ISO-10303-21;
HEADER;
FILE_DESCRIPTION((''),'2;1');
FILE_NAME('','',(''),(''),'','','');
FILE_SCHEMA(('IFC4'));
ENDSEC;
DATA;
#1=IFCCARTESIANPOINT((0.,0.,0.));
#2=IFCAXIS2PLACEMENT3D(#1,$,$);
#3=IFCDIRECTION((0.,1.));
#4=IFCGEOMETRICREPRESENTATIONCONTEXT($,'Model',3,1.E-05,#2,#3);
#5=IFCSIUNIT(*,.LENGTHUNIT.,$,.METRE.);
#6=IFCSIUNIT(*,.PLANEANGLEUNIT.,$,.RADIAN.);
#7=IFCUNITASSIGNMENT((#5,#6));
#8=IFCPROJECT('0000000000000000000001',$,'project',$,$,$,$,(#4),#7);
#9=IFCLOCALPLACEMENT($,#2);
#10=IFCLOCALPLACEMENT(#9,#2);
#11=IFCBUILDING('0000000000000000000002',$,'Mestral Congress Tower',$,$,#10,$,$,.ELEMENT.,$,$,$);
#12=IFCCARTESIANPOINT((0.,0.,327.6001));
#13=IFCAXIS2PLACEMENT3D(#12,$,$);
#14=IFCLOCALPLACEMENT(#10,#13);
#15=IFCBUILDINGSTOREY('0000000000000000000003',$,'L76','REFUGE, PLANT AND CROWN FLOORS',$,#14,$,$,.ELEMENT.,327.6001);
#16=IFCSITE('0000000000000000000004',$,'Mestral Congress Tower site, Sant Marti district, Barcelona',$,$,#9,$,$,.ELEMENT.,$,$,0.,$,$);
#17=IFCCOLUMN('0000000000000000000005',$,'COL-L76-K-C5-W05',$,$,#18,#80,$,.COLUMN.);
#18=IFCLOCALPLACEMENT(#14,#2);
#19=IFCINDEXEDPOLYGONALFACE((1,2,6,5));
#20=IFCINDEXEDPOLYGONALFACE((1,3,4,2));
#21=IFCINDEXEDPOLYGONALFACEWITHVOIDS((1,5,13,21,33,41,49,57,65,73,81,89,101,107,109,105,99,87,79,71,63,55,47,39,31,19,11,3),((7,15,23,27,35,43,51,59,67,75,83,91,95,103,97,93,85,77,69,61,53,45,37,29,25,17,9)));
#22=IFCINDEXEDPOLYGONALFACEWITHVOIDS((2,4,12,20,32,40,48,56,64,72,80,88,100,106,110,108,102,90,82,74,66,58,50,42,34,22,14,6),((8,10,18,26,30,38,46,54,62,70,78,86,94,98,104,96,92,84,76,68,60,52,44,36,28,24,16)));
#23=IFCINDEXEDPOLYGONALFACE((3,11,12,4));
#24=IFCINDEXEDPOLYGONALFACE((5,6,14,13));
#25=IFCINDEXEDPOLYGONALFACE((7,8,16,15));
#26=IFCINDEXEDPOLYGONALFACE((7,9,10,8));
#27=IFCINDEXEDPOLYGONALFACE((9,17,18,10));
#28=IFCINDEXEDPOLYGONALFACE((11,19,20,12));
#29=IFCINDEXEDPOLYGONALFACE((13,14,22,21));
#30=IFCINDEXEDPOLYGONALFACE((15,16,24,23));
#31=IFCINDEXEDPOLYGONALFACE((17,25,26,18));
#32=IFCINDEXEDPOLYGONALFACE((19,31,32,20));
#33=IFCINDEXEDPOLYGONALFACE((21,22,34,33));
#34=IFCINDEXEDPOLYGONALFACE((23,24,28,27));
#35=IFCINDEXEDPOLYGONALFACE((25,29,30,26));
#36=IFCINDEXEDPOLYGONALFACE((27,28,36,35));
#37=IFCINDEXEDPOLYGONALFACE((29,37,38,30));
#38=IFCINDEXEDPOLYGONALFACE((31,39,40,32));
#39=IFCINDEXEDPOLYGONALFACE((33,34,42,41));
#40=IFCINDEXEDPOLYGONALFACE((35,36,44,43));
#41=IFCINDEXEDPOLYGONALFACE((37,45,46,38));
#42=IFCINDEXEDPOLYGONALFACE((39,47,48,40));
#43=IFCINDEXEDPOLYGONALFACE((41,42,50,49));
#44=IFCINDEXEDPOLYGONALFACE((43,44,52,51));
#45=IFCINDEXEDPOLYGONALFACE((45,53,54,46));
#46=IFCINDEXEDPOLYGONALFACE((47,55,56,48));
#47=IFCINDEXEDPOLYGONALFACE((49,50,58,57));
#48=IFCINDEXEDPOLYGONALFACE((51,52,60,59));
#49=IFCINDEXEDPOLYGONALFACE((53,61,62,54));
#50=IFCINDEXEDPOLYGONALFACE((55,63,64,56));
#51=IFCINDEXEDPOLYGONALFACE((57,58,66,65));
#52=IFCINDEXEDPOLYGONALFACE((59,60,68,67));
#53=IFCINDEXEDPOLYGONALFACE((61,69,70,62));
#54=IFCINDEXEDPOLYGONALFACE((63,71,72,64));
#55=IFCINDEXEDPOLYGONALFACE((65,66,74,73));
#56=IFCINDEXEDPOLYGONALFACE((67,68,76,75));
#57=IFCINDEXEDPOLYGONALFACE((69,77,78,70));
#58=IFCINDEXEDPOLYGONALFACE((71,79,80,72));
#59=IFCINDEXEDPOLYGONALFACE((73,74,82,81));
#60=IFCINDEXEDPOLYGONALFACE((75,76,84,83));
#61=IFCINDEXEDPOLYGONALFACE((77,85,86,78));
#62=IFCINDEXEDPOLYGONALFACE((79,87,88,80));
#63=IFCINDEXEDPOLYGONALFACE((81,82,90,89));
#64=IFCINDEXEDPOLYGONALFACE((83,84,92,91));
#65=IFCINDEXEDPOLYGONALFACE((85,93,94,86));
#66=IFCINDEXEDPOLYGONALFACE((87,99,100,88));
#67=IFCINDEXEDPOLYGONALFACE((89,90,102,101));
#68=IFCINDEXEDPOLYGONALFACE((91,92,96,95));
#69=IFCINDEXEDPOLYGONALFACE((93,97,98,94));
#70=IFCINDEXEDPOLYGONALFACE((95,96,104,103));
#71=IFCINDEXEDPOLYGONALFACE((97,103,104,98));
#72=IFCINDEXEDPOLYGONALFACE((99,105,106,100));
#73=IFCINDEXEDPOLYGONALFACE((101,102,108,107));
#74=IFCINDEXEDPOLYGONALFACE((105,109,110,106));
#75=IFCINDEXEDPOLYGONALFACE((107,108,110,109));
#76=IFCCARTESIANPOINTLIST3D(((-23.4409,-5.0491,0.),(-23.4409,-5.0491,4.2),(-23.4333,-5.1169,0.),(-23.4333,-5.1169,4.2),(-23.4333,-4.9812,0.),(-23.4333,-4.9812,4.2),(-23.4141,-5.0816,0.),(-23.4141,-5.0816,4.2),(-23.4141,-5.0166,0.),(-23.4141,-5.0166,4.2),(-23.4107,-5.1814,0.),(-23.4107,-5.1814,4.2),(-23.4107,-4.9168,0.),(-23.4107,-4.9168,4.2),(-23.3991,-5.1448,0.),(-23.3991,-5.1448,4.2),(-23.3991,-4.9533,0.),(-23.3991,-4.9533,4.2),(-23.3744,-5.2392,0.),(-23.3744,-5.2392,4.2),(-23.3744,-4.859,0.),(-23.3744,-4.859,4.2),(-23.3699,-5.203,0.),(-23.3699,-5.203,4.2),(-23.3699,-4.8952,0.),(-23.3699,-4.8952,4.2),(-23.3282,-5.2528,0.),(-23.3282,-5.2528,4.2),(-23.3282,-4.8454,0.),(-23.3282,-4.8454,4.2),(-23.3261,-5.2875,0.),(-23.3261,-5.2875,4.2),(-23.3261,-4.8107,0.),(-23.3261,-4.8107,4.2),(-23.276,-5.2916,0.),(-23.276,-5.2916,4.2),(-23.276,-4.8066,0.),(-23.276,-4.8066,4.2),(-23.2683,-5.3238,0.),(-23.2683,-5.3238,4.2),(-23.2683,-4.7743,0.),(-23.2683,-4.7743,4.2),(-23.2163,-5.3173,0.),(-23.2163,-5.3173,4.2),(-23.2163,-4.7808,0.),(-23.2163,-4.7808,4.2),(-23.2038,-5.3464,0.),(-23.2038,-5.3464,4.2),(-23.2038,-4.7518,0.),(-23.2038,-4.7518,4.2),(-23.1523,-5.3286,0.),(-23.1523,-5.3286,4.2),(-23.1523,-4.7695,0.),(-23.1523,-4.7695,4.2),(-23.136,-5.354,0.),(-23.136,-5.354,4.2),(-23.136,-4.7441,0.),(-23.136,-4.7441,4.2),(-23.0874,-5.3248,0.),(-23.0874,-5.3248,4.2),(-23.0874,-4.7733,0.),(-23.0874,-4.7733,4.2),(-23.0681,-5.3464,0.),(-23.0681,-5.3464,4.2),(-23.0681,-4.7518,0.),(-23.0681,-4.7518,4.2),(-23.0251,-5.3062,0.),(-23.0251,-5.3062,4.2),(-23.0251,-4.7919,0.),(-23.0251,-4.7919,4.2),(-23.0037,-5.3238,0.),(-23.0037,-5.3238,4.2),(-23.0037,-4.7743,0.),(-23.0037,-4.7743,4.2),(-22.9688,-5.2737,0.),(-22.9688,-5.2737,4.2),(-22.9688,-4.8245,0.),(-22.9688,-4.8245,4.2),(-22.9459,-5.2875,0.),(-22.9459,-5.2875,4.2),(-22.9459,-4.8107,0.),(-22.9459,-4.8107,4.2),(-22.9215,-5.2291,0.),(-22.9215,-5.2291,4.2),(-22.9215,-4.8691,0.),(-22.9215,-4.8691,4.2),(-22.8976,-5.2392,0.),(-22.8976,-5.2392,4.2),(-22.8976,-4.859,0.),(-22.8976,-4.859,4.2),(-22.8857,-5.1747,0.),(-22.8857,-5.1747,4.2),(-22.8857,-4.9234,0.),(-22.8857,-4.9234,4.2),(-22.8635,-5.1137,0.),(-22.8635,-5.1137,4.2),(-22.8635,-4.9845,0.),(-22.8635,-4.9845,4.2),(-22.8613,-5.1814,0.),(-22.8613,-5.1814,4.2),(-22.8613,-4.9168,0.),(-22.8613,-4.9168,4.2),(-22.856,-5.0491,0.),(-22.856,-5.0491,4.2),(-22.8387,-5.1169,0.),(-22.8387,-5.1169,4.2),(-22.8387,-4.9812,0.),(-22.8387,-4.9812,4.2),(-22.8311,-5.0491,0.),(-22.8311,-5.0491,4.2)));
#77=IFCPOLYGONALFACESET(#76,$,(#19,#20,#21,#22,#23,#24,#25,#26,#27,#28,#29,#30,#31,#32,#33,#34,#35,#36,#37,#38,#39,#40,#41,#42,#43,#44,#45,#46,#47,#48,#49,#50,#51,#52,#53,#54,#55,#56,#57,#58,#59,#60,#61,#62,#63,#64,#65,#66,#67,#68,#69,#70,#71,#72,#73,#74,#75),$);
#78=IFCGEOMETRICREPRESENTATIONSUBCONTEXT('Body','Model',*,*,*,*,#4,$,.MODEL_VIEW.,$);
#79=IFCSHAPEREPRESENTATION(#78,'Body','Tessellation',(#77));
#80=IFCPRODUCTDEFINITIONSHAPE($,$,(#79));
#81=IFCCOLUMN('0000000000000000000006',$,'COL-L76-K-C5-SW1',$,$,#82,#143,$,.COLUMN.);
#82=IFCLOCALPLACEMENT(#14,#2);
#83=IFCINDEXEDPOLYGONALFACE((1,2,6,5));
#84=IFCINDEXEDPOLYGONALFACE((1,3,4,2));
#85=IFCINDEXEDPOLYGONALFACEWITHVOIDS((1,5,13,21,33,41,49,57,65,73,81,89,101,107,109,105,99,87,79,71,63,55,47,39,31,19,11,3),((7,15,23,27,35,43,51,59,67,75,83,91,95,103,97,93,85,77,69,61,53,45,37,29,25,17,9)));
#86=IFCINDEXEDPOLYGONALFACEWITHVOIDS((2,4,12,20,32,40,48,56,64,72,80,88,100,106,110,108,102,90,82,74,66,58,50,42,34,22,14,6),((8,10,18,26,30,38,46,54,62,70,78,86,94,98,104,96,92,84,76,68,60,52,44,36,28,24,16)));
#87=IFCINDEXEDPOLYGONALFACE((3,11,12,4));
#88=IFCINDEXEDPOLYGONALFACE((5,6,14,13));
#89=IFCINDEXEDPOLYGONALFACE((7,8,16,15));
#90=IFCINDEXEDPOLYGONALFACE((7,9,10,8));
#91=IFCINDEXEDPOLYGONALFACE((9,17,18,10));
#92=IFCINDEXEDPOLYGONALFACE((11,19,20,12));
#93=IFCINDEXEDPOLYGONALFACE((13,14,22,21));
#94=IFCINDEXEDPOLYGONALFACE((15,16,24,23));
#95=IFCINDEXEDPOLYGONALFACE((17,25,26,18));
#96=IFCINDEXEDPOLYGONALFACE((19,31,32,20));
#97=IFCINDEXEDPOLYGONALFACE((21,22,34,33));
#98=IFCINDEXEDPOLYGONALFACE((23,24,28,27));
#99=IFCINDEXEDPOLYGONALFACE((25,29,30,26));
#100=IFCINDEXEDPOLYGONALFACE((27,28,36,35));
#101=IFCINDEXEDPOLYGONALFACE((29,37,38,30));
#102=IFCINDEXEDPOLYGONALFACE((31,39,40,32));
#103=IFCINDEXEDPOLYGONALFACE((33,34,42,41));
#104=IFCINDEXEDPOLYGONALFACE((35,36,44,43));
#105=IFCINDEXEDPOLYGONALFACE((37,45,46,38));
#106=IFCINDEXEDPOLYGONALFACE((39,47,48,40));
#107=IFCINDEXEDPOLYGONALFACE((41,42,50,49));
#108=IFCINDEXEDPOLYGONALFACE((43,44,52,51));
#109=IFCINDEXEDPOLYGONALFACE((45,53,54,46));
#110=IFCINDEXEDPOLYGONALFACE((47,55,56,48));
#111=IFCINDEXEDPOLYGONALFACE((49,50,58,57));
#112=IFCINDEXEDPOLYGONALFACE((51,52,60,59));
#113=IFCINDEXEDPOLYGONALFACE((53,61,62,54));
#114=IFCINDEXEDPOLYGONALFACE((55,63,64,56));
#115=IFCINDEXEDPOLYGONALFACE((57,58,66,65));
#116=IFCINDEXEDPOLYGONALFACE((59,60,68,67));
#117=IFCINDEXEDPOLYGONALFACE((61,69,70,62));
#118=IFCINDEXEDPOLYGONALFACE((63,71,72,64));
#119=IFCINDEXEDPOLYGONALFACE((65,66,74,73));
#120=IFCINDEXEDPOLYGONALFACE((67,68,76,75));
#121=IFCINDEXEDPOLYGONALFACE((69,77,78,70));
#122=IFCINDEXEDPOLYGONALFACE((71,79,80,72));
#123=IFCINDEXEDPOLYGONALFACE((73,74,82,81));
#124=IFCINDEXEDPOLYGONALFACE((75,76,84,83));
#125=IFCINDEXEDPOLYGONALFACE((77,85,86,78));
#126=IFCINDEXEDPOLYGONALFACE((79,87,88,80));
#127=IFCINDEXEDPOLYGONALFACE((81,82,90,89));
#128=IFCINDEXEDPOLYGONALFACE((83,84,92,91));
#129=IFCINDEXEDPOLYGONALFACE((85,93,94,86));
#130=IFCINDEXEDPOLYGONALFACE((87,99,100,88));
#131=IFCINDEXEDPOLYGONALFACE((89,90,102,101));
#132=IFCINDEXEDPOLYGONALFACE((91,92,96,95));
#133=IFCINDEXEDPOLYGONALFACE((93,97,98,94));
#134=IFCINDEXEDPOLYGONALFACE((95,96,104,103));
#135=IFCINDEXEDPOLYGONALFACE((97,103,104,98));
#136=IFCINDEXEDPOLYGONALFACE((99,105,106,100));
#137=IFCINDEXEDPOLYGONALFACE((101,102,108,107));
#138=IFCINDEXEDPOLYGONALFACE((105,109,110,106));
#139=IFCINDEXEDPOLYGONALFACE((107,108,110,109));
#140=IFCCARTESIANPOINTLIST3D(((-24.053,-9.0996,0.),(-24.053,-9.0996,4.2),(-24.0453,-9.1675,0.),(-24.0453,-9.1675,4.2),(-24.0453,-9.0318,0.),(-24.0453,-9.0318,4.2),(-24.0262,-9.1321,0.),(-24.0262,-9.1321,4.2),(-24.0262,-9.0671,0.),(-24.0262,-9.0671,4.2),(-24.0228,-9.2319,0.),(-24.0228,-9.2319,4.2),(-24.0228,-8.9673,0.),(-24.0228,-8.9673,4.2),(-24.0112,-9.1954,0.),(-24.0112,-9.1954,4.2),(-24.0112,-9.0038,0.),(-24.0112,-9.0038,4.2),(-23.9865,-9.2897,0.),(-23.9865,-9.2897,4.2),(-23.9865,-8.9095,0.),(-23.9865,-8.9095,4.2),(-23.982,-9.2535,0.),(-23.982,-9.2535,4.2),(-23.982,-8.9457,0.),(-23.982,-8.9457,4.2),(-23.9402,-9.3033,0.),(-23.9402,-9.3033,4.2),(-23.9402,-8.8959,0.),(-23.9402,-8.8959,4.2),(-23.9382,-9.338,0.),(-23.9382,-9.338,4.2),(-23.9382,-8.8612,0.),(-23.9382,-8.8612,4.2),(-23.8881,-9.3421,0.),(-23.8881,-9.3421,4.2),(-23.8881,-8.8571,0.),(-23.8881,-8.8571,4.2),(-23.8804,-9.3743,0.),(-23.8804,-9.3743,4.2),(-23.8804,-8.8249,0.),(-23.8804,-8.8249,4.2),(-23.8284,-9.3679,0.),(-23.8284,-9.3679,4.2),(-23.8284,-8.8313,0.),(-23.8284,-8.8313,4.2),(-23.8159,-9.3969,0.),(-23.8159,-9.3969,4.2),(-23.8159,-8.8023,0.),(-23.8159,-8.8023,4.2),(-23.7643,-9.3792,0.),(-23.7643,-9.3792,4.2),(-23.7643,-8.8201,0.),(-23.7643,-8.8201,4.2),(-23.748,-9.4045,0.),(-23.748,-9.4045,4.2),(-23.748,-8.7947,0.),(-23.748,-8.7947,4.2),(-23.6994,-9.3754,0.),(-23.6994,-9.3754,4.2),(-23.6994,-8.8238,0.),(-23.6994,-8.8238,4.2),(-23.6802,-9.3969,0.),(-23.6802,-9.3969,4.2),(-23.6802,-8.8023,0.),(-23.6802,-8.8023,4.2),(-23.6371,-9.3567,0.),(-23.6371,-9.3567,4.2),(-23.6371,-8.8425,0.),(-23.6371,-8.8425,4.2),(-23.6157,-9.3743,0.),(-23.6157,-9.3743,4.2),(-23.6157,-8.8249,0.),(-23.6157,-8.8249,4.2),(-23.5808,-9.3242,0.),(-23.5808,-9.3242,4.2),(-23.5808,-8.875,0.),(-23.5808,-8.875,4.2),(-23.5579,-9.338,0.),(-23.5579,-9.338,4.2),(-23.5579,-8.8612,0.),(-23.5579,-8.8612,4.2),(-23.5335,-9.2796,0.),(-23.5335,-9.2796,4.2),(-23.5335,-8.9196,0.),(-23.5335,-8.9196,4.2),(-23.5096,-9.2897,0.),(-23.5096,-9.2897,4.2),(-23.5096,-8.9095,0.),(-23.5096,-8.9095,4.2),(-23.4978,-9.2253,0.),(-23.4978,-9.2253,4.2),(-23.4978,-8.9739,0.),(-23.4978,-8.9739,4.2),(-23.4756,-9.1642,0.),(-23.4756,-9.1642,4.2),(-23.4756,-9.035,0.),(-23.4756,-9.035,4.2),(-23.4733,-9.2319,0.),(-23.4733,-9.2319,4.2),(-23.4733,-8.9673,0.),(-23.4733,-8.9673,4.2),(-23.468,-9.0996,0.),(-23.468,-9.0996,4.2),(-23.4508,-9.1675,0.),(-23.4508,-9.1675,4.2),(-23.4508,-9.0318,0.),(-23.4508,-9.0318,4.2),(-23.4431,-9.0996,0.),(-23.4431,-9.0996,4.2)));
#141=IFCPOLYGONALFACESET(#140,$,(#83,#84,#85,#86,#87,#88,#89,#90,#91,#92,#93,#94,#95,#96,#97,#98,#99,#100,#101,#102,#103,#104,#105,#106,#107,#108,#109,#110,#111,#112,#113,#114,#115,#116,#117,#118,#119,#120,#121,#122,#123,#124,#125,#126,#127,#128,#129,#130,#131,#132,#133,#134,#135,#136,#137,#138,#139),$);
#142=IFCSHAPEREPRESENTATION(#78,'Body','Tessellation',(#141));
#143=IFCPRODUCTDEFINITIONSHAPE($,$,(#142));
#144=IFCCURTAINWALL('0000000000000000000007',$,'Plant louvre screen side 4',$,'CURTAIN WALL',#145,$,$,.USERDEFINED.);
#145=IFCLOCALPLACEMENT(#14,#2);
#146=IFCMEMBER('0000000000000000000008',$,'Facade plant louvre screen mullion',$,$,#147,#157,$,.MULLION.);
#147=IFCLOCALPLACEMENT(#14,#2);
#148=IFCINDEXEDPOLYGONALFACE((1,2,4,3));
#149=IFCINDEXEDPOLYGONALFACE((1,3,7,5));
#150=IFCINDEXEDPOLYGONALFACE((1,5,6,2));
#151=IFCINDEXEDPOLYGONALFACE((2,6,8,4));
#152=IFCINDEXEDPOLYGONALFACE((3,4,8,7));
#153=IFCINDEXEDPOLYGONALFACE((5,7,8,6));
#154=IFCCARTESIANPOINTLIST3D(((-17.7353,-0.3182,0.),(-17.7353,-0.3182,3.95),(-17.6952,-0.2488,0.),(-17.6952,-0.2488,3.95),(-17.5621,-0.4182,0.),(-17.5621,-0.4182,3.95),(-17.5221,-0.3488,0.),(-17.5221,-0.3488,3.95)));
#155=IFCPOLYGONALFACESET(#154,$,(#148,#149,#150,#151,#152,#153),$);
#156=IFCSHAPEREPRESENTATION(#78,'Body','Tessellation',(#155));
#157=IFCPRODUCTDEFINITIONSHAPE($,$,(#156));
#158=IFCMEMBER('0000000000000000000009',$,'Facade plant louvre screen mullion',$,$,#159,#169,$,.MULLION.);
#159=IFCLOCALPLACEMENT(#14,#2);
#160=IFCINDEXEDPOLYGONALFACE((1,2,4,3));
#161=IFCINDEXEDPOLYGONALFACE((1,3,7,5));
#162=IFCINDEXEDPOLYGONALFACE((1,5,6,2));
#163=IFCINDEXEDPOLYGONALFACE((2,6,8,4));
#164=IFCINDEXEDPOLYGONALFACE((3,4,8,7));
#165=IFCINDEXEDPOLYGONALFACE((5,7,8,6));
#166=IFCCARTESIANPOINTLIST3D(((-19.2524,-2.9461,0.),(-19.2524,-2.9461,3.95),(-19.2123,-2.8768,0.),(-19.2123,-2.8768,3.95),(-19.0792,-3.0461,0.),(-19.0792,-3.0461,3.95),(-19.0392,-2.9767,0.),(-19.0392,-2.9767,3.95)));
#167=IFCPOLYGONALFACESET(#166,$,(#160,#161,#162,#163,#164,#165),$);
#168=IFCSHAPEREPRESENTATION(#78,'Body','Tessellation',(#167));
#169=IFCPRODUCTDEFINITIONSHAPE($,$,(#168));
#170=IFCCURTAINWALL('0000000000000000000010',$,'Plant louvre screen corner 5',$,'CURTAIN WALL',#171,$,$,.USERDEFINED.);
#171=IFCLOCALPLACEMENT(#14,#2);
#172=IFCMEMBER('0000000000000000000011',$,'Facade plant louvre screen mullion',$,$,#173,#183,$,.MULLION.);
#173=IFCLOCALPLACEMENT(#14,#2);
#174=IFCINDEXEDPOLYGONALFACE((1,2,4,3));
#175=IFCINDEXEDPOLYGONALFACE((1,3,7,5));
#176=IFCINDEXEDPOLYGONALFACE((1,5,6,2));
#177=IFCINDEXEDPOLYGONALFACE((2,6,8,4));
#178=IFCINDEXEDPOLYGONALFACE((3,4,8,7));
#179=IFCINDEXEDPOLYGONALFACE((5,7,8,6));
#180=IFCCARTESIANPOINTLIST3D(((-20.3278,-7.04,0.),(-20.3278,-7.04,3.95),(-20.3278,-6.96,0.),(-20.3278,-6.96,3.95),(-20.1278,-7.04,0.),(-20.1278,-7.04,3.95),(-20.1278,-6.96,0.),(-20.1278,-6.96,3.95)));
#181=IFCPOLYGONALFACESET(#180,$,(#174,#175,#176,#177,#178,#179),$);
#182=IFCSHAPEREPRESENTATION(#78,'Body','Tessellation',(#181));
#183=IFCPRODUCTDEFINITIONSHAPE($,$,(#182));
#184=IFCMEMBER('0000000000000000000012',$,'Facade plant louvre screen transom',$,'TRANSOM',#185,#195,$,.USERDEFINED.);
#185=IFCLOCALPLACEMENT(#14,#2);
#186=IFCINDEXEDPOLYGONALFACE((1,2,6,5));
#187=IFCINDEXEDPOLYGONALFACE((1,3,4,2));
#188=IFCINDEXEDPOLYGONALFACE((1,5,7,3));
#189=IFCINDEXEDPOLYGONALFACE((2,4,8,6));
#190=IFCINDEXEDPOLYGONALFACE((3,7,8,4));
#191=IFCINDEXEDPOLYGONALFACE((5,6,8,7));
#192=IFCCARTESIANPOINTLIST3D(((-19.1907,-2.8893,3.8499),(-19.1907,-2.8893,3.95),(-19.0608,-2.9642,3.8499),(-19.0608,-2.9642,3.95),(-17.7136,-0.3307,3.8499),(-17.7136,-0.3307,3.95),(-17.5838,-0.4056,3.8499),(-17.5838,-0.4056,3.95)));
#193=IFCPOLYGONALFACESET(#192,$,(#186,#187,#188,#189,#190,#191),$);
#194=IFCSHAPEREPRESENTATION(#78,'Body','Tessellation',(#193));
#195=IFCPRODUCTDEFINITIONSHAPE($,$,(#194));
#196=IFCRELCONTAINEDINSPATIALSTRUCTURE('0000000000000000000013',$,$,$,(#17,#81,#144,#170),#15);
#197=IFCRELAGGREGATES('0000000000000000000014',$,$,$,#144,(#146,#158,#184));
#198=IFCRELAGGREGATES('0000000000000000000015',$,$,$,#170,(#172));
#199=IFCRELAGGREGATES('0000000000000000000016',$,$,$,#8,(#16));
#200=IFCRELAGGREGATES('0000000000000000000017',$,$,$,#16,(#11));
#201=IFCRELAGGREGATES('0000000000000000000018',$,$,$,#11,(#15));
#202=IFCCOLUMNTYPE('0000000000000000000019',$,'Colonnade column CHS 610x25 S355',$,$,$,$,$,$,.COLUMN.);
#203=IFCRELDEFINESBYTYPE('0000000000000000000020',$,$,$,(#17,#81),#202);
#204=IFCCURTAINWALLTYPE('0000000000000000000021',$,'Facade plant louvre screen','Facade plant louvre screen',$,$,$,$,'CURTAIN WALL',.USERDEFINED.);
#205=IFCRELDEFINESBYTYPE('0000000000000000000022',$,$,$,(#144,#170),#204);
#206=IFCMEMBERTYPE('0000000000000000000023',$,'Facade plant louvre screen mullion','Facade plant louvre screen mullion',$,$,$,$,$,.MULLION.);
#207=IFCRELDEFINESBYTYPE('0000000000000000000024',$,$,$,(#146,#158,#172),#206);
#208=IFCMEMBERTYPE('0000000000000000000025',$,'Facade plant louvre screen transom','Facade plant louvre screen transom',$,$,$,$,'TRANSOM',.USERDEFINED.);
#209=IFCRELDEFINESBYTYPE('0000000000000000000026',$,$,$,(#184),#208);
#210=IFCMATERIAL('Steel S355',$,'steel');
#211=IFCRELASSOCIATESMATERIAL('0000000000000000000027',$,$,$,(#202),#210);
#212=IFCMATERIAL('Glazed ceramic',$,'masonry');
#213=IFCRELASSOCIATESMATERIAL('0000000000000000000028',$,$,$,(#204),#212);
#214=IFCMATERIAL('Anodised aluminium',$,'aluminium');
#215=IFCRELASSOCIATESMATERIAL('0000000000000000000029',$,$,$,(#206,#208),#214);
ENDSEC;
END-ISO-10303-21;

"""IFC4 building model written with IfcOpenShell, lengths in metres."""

from ifc_helpers import new_model, si_unit, direction, frame, origin, origin_2d, place, context, subcontext, project, spatial, rectangle, hollow_circle, extrude, material, material_profile, profile_set, type_object, element, aggregate, save


model = new_model("IFC4")

# Units and contexts
model_context = context("Model", 3, precision=1e-05, world=origin(), true_north=direction((0.0, 1.0)))
body_context = subcontext(model_context, "Body", "Model", "MODEL_VIEW")
ifc_project = project(units=[si_unit("LENGTHUNIT", "METRE"), si_unit("PLANEANGLEUNIT", "RADIAN")], contexts=[model_context])

# Site, building, storey
site_placement = place(None, origin())
site = spatial("IfcSite", under=ifc_project, at=site_placement, Name="Mestral Congress Tower site, Sant Marti district, Barcelona", CompositionType="ELEMENT", RefElevation=0.0)
building_placement = place(site_placement, origin())
building = spatial("IfcBuilding", under=site, at=building_placement, Name="Mestral Congress Tower", CompositionType="ELEMENT")
storey_placement = place(building_placement, frame((0.0, 0.0, 327.6001)))
storey = spatial("IfcBuildingStorey", under=building, at=storey_placement, Name="L76", Description="REFUGE, PLANT AND CROWN FLOORS", CompositionType="ELEMENT", Elevation=327.6001)

# Columns
ifc_material_1 = material(Name="Steel S355", Category="steel")
ifc_material_profile_1 = material_profile(ifc_material_1, hollow_circle(Radius=0.3049, WallThickness=0.0249, at=origin_2d()), Name="CHS 610x25")
ifc_profile_set_1 = profile_set([ifc_material_profile_1], Name="Steel S355")
column_type = type_object("IfcColumnType", Name="Colonnade column CHS 610x25 S355", PredefinedType="COLUMN", material=ifc_profile_set_1)
for number, where, z_axis, x_axis, name in (
    (1, (-23.136, -5.0491, 0.0), (0.0, 0.0, 1.0), (1.0, 0.0, 0.0), "COL-L76-K-C5-W05"),
    (2, (-23.748, -9.0996, 0.0), (0.0, 0.0, 1.0), (1.0, 0.0, 0.0), "COL-L76-K-C5-SW1"),
):
    element("IfcColumn", number, at=place(storey_placement, frame(where, z_axis=z_axis, x_axis=x_axis)), inside=storey, type_object=column_type, Name=name, PredefinedType="COLUMN", context=body_context, shape_type="SweptSolid", body=[
        extrude(hollow_circle(Radius=0.3049, WallThickness=0.0249, at=origin_2d()), origin(), (0.0, 0.0, 1.0), 4.2),
    ])

# Curtain wall, members
ifc_material_2 = material(Name="Glazed ceramic", Category="masonry")
curtain_wall_type = type_object("IfcCurtainWallType", Name="Facade plant louvre screen", Description="Facade plant louvre screen", ElementType="CURTAIN WALL", PredefinedType="USERDEFINED", material=ifc_material_2)
placement = place(storey_placement, origin())
curtain_wall_1 = element("IfcCurtainWall", 3, at=placement, inside=storey, type_object=curtain_wall_type, Name="Plant louvre screen side 4", ObjectType="CURTAIN WALL", PredefinedType="USERDEFINED")
ifc_material_3 = material(Name="Anodised aluminium", Category="aluminium")
ifc_material_profile_2 = material_profile(ifc_material_3, rectangle(XDim=0.2, YDim=0.0801, at=origin_2d()), Name="CW6 mullion 200 x 80")
ifc_profile_set_2 = profile_set([ifc_material_profile_2], Name="Anodised aluminium")
member_type_1 = type_object("IfcMemberType", Name="Facade plant louvre screen mullion", Description="Facade plant louvre screen mullion", PredefinedType="MULLION", material=ifc_profile_set_2)
member_1_placement = place(storey_placement, frame((-17.6287, -0.3335, 0.0), z_axis=(0.0, 0.0, 1.0), x_axis=(-0.866025, 0.500002, 0.0)))
member_1 = element("IfcMember", 4, at=member_1_placement, type_object=member_type_1, Name="Facade plant louvre screen mullion", PredefinedType="MULLION", context=body_context, shape_type="SweptSolid", body=[
    extrude(rectangle(XDim=0.2, YDim=0.0801, at=origin_2d()), origin(), (0.0, 0.0, 1.0), 3.95),
])
member_2_placement = place(storey_placement, frame((-19.1458, -2.9614, 0.0), z_axis=(0.0, 0.0, 1.0), x_axis=(-0.866025, 0.500002, 0.0)))
member_2 = element("IfcMember", 5, at=member_2_placement, type_object=member_type_1, Name="Facade plant louvre screen mullion", PredefinedType="MULLION", context=body_context, shape_type="SweptSolid", body=[
    extrude(rectangle(XDim=0.2, YDim=0.0801, at=origin_2d()), origin(), (0.0, 0.0, 1.0), 3.95),
])

# Curtain wall, member
curtain_wall_2 = element("IfcCurtainWall", 6, at=placement, inside=storey, type_object=curtain_wall_type, Name="Plant louvre screen corner 5", ObjectType="CURTAIN WALL", PredefinedType="USERDEFINED")
member_3_placement = place(storey_placement, frame((-20.2278, -7.0, 0.0), z_axis=(0.0, 0.0, 1.0), x_axis=(-1.0, 0.0, 0.0)))
member_3 = element("IfcMember", 7, at=member_3_placement, type_object=member_type_1, Name="Facade plant louvre screen mullion", PredefinedType="MULLION", context=body_context, shape_type="SweptSolid", body=[
    extrude(rectangle(XDim=0.2, YDim=0.0801, at=origin_2d()), origin(), (0.0, 0.0, 1.0), 3.95),
])

# Member
ifc_material_profile_3 = material_profile(ifc_material_3, rectangle(XDim=0.1499, YDim=0.1001, at=origin_2d()), Name="CW6 transom 150 x 100")
ifc_profile_set_3 = profile_set([ifc_material_profile_3], Name="Anodised aluminium")
member_type_2 = type_object("IfcMemberType", Name="Facade plant louvre screen transom", Description="Facade plant louvre screen transom", ElementType="TRANSOM", PredefinedType="USERDEFINED", material=ifc_profile_set_3)
member_4_placement = place(storey_placement, frame((-17.6487, -0.3682, 3.8999), z_axis=(-0.499961, -0.866048, 0.0), x_axis=(0.866048, -0.499961, 0.0)))
member_4 = element("IfcMember", 8, at=member_4_placement, type_object=member_type_2, Name="Facade plant louvre screen transom", ObjectType="TRANSOM", PredefinedType="USERDEFINED", context=body_context, shape_type="SweptSolid", body=[
    extrude(rectangle(XDim=0.1499, YDim=0.1001, at=origin_2d()), origin(), (0.0, 0.0, 1.0), 2.9543),
])

aggregate(curtain_wall_1, [member_1, member_2, member_4])
aggregate(curtain_wall_2, [member_3])

save(model, "model.ifc")
